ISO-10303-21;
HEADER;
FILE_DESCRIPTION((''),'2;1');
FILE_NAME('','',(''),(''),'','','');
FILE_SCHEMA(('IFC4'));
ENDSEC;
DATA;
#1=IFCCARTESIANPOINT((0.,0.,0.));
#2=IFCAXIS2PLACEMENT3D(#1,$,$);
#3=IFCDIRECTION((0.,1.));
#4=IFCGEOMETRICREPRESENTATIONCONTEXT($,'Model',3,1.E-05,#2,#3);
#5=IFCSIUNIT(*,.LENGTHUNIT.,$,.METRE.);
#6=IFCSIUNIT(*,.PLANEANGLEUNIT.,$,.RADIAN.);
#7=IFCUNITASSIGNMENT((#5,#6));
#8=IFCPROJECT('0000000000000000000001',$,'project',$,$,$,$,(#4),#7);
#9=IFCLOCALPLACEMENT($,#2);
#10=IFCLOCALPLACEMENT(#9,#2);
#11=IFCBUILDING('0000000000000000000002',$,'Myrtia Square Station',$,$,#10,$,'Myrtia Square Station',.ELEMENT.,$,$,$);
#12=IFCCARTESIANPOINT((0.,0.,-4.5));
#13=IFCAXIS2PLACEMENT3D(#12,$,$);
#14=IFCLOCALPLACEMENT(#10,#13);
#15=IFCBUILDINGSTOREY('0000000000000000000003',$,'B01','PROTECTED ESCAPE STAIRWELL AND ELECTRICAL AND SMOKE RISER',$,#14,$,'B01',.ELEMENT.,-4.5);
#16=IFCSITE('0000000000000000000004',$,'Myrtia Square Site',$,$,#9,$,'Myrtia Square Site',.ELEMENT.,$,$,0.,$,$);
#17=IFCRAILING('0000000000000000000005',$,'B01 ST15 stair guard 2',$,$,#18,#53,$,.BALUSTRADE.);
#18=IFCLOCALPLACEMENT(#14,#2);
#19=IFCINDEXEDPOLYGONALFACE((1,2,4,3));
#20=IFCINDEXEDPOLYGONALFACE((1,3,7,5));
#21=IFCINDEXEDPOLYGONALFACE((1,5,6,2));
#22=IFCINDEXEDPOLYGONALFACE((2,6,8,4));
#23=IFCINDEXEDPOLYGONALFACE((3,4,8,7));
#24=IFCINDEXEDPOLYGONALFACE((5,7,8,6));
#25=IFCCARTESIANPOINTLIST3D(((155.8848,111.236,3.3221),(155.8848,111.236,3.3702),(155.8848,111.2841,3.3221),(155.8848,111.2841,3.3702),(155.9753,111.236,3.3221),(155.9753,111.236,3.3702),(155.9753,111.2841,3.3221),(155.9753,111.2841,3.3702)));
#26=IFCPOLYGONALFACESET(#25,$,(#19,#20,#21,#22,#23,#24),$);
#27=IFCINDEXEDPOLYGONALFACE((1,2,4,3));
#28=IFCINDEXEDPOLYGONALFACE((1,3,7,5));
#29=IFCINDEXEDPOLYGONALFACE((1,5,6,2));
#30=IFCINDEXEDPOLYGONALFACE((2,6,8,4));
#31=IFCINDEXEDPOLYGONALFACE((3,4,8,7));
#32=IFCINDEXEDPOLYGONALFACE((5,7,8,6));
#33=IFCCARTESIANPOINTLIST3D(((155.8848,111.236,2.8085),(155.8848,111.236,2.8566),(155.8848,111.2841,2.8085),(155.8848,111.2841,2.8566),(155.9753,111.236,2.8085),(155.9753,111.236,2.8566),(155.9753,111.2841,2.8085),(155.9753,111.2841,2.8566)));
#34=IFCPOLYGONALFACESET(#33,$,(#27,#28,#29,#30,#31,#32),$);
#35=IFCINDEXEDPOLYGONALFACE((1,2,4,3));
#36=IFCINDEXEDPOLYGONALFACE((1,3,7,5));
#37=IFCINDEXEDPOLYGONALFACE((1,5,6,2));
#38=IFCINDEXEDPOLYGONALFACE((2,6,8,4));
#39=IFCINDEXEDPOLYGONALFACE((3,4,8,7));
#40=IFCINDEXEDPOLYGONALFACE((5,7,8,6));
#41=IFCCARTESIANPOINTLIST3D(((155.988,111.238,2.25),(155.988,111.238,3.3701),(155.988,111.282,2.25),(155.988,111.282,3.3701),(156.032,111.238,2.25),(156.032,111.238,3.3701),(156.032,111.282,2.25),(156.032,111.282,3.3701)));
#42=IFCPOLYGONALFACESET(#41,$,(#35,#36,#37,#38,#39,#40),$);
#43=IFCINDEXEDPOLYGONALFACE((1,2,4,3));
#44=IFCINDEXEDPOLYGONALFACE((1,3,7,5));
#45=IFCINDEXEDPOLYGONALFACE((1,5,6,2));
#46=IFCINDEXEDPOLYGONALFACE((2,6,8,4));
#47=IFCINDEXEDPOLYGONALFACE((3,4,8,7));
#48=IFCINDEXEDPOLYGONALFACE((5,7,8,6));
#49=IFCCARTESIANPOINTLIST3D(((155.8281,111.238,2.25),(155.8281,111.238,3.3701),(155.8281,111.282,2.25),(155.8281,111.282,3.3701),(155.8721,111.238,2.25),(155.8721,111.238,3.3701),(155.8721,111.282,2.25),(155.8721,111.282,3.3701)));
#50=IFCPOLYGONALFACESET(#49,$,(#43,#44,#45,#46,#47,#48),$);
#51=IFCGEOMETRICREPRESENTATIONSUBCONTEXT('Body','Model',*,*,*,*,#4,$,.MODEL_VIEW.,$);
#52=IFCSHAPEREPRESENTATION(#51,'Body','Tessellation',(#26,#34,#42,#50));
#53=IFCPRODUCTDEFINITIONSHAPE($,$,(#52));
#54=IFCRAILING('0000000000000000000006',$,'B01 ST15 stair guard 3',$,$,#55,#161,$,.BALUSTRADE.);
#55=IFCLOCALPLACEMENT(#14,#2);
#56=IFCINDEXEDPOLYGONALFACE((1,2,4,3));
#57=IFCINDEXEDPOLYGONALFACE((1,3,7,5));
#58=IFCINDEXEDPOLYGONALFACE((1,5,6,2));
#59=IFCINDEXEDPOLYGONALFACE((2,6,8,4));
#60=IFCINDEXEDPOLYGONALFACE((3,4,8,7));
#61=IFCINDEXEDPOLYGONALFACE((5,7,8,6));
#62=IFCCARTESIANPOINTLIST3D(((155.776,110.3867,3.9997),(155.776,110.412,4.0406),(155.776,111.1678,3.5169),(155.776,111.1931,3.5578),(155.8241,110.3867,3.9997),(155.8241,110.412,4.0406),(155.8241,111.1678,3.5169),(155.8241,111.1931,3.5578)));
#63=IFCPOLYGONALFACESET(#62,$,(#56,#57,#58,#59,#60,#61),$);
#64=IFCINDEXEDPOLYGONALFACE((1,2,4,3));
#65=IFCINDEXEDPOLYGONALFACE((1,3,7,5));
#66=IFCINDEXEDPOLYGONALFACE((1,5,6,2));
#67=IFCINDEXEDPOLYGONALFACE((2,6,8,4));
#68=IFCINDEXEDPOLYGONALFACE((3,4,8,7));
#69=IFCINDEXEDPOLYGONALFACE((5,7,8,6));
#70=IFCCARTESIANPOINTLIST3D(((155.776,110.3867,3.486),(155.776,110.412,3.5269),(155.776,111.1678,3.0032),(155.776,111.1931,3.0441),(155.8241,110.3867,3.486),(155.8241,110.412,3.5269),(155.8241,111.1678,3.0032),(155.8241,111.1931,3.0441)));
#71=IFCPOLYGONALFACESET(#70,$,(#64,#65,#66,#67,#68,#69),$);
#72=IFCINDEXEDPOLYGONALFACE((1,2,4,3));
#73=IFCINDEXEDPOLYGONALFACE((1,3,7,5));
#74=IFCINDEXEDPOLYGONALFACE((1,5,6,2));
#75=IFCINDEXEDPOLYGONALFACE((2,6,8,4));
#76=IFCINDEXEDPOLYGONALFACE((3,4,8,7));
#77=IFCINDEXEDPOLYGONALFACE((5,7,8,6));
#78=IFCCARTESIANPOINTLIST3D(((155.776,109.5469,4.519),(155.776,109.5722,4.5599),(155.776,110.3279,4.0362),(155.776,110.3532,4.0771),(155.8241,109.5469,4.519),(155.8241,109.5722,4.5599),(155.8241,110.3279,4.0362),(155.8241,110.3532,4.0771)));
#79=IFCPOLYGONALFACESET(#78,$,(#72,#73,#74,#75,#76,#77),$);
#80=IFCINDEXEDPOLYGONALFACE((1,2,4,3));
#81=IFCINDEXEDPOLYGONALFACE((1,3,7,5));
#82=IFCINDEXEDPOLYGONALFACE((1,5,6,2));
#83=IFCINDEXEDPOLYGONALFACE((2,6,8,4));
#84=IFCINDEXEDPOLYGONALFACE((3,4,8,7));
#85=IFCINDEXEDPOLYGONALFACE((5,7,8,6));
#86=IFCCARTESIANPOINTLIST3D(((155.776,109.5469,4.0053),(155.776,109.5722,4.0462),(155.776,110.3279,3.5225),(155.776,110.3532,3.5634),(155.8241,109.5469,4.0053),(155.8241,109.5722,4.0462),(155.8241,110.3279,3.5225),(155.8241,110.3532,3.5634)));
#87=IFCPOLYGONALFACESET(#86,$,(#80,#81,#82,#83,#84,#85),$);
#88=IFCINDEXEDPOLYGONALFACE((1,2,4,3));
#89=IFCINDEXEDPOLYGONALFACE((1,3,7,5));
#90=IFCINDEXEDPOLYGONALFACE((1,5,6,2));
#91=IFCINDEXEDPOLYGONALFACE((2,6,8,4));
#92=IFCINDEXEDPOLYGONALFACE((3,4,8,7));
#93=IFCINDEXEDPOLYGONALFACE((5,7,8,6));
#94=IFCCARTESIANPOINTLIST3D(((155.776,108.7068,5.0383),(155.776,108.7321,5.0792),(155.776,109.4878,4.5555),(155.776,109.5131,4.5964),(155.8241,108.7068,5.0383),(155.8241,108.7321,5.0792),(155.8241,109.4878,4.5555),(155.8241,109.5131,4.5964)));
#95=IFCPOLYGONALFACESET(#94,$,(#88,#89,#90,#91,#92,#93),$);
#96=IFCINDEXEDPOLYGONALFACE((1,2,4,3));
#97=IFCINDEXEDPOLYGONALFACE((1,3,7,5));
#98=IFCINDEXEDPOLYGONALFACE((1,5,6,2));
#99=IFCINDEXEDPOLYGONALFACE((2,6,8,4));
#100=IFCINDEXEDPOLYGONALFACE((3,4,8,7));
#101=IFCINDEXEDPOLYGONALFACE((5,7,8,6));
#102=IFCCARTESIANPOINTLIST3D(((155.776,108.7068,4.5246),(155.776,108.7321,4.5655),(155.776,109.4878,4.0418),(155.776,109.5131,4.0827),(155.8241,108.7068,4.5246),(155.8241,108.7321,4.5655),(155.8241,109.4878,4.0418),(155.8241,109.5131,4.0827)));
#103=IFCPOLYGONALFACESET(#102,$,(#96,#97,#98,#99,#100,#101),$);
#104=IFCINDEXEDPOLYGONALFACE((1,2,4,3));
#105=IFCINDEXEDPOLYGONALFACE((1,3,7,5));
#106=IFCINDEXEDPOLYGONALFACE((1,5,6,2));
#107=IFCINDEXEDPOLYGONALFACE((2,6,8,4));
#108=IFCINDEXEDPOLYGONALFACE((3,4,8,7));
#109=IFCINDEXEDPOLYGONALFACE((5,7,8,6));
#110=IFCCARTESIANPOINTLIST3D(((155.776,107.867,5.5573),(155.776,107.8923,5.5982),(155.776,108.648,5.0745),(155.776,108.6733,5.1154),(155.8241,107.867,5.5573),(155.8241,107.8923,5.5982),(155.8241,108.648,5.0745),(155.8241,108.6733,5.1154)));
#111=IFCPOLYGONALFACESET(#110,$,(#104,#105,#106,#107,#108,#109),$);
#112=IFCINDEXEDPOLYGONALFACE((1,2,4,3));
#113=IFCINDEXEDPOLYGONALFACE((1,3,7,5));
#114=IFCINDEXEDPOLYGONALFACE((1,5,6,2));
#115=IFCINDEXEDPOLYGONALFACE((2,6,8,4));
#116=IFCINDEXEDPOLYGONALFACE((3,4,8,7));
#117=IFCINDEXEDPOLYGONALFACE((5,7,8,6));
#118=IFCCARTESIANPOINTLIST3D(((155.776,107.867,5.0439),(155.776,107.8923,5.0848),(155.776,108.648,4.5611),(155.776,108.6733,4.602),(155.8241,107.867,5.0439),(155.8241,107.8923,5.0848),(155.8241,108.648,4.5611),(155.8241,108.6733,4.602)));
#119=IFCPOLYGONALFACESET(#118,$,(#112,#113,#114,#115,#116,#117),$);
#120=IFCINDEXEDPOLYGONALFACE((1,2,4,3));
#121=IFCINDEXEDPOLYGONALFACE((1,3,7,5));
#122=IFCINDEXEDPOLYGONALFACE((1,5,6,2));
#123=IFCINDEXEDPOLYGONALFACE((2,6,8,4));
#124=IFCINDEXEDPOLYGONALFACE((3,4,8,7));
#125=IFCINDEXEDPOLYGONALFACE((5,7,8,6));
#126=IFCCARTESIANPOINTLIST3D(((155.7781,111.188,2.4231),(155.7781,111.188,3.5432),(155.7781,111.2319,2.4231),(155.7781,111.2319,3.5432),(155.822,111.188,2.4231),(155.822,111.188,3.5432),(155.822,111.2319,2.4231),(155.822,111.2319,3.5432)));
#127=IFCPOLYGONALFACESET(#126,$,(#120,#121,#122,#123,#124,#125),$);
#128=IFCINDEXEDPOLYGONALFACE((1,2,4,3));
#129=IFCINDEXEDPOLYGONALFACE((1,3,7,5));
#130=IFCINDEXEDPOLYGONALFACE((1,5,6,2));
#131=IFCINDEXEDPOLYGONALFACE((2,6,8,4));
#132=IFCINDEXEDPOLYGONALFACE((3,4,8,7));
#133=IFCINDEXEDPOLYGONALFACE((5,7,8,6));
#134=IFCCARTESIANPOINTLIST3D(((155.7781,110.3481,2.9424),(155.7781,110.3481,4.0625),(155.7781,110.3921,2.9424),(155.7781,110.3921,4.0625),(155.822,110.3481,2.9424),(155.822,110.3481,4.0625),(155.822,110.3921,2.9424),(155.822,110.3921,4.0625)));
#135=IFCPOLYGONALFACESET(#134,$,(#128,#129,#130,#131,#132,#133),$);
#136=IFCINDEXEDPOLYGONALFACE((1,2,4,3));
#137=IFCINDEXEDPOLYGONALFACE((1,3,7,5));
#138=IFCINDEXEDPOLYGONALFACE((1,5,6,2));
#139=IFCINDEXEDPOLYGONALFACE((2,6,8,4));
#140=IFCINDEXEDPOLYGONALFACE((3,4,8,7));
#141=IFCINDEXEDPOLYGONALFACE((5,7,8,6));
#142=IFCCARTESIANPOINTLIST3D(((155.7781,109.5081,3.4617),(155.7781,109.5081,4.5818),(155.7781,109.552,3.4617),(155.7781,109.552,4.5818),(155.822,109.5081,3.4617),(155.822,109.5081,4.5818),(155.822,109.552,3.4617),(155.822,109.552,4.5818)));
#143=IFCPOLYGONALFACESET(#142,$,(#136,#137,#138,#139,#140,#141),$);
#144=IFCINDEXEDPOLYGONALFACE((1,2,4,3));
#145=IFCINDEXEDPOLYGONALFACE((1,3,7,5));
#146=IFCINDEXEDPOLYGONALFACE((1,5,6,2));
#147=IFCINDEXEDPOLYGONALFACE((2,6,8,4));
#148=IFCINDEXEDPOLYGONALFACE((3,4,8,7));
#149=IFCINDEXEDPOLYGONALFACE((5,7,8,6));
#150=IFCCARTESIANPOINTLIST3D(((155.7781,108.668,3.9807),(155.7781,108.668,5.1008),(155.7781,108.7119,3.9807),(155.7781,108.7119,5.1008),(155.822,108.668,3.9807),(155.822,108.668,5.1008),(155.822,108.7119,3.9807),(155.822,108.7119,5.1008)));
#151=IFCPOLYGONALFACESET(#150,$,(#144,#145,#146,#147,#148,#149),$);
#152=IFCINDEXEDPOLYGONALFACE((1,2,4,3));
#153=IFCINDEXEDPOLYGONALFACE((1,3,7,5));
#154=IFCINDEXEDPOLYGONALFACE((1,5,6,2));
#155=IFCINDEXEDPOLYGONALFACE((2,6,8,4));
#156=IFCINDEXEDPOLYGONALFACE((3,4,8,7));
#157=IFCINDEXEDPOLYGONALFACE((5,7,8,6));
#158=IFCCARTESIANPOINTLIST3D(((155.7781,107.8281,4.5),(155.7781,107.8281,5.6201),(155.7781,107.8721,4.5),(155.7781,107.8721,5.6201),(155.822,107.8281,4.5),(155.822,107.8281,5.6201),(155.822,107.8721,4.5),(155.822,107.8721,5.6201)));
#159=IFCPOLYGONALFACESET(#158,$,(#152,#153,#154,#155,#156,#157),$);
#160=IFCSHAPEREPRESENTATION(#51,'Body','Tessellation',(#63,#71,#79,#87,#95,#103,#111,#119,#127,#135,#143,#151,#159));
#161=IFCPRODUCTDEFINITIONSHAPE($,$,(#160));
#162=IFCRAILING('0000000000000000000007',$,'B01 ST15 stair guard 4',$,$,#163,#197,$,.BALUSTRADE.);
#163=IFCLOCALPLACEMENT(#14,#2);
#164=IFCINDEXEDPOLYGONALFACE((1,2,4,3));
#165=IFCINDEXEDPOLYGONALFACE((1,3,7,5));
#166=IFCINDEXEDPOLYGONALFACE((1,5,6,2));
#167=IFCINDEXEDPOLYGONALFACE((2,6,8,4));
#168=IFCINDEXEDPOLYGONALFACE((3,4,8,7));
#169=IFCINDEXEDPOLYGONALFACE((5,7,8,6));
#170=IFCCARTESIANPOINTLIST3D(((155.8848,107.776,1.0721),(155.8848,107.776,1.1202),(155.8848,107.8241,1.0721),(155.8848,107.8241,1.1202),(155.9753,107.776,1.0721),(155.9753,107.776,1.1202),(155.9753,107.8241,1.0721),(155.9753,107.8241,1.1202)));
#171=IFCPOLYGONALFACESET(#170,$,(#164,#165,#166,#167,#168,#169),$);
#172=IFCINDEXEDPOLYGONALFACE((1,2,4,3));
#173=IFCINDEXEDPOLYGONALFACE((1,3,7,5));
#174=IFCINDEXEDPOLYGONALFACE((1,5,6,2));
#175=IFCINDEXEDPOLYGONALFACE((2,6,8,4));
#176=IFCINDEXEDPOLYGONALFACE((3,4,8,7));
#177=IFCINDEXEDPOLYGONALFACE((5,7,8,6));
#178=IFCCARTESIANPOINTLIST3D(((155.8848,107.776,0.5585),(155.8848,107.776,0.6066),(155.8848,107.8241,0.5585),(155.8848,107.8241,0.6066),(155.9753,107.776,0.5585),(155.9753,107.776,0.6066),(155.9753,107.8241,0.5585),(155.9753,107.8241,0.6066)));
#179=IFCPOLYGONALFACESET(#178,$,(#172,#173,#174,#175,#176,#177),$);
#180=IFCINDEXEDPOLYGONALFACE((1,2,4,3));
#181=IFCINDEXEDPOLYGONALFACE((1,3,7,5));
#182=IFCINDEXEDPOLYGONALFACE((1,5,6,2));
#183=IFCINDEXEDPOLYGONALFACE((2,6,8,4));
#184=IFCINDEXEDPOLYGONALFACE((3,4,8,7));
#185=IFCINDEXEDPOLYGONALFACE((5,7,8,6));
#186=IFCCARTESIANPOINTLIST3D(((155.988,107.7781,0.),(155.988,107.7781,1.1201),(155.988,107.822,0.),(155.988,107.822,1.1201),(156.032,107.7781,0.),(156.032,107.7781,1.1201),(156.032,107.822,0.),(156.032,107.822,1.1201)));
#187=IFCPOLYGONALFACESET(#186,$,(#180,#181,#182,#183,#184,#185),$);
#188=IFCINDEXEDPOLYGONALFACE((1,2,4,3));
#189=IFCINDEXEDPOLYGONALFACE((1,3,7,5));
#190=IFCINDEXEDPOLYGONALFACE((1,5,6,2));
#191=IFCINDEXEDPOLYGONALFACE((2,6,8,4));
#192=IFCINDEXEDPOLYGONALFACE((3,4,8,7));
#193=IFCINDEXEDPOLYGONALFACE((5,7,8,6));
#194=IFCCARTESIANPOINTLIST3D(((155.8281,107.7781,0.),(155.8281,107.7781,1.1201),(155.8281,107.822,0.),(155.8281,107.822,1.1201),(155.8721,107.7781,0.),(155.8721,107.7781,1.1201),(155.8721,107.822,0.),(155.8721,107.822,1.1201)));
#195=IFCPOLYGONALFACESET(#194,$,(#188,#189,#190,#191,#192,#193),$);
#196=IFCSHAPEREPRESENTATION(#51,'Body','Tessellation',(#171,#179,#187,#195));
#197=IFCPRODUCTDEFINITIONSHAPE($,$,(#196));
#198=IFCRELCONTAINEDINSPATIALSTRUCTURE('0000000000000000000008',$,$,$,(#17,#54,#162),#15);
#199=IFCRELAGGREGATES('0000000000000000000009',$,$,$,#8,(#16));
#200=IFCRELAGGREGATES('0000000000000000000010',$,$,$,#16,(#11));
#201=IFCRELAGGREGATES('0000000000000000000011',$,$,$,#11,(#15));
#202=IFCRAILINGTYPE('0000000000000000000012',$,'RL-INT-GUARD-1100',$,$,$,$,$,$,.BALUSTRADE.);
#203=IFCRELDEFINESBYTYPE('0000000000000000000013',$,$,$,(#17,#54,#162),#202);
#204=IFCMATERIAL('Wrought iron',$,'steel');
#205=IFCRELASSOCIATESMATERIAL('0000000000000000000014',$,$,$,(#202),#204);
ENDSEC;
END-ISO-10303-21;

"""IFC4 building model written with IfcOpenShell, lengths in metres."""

from ifc_helpers import new_model, si_unit, direction, frame, origin, origin_2d, place, context, subcontext, project, spatial, rectangle, extrude, material, type_object, element, save


model = new_model("IFC4")

# Units and contexts
model_context = context("Model", 3, precision=1e-05, world=origin(), true_north=direction((0.0, 1.0)))
body_context = subcontext(model_context, "Body", "Model", "MODEL_VIEW")
ifc_project = project(units=[si_unit("LENGTHUNIT", "METRE"), si_unit("PLANEANGLEUNIT", "RADIAN")], contexts=[model_context])

# Site, building, storey
site_placement = place(None, origin())
site = spatial("IfcSite", under=ifc_project, at=site_placement, Name="Myrtia Square Site", LongName="Myrtia Square Site", CompositionType="ELEMENT", RefElevation=0.0)
building_placement = place(site_placement, origin())
building = spatial("IfcBuilding", under=site, at=building_placement, Name="Myrtia Square Station", LongName="Myrtia Square Station", CompositionType="ELEMENT")
storey_placement = place(building_placement, frame((0.0, 0.0, -4.5)))
storey = spatial("IfcBuildingStorey", under=building, at=storey_placement, Name="B01", Description="PROTECTED ESCAPE STAIRWELL AND ELECTRICAL AND SMOKE RISER", LongName="B01", CompositionType="ELEMENT", Elevation=-4.5)

# Railings
ifc_material_1 = material(Name="Wrought iron", Category="steel")
railing_type_1 = type_object("IfcRailingType", Name="RL-INT-GUARD-1100", PredefinedType="BALUSTRADE", material=ifc_material_1)
railing_1_placement = place(storey_placement, frame((156.01, 111.26, 2.25)))
element("IfcRailing", 1, at=railing_1_placement, inside=storey, type_object=railing_type_1, Name="B01 ST15 stair guard 2", PredefinedType="BALUSTRADE", context=body_context, shape_type="SweptSolid", body=[
    extrude(rectangle(XDim=0.0481, YDim=0.0481, at=origin_2d()), frame((-0.0347, 0.0, 1.0962), z_axis=(-1.0, 0.0, 0.0), x_axis=(0.0, -1.0, 0.0)), (0.0, 0.0, 1.0), 0.0906),
    extrude(rectangle(XDim=0.0481, YDim=0.0481, at=origin_2d()), frame((-0.0347, 0.0, 0.5825), z_axis=(-1.0, 0.0, 0.0), x_axis=(0.0, -1.0, 0.0)), (0.0, 0.0, 1.0), 0.0906),
    extrude(rectangle(XDim=0.0439, YDim=0.0439, at=origin_2d()), origin(), (0.0, 0.0, 1.0), 1.1201),
    extrude(rectangle(XDim=0.0439, YDim=0.0439, at=origin_2d()), frame((-0.1599, 0.0, 0.0)), (0.0, 0.0, 1.0), 1.1201),
])
railing_2_placement = place(storey_placement, frame((155.8, 111.21, 2.4231)))
element("IfcRailing", 2, at=railing_2_placement, inside=storey, type_object=railing_type_1, Name="B01 ST15 stair guard 3", PredefinedType="BALUSTRADE", context=body_context, shape_type="SweptSolid", body=[
    extrude(rectangle(XDim=0.0481, YDim=0.0481, at=origin_2d()), frame((0.0, -0.0295, 1.1143), z_axis=(0.0, -0.850606, 0.525803), x_axis=(1.0, 0.0, 0.0)), (0.0, 0.0, 1.0), 0.9182),
    extrude(rectangle(XDim=0.0481, YDim=0.0481, at=origin_2d()), frame((0.0, -0.0295, 0.6006), z_axis=(0.0, -0.850606, 0.525803), x_axis=(1.0, 0.0, 0.0)), (0.0, 0.0, 1.0), 0.9182),
    extrude(rectangle(XDim=0.0481, YDim=0.0481, at=origin_2d()), frame((0.0, -0.8694, 1.6335), z_axis=(0.0, -0.850606, 0.525803), x_axis=(1.0, 0.0, 0.0)), (0.0, 0.0, 1.0), 0.9182),
    extrude(rectangle(XDim=0.0481, YDim=0.0481, at=origin_2d()), frame((0.0, -0.8694, 1.1199), z_axis=(0.0, -0.850606, 0.525803), x_axis=(1.0, 0.0, 0.0)), (0.0, 0.0, 1.0), 0.9182),
    extrude(rectangle(XDim=0.0481, YDim=0.0481, at=origin_2d()), frame((0.0, -1.7095, 2.1528), z_axis=(0.0, -0.850606, 0.525803), x_axis=(1.0, 0.0, 0.0)), (0.0, 0.0, 1.0), 0.9182),
    extrude(rectangle(XDim=0.0481, YDim=0.0481, at=origin_2d()), frame((0.0, -1.7095, 1.6392), z_axis=(0.0, -0.850606, 0.525803), x_axis=(1.0, 0.0, 0.0)), (0.0, 0.0, 1.0), 0.9182),
    extrude(rectangle(XDim=0.0481, YDim=0.0481, at=origin_2d()), frame((0.0, -2.5493, 2.6719), z_axis=(0.0, -0.850606, 0.525803), x_axis=(1.0, 0.0, 0.0)), (0.0, 0.0, 1.0), 0.9182),
    extrude(rectangle(XDim=0.0481, YDim=0.0481, at=origin_2d()), frame((0.0, -2.5493, 2.1584), z_axis=(0.0, -0.850606, 0.525803), x_axis=(1.0, 0.0, 0.0)), (0.0, 0.0, 1.0), 0.9182),
    extrude(rectangle(XDim=0.0439, YDim=0.0439, at=origin_2d()), origin(), (0.0, 0.0, 1.0), 1.1201),
    extrude(rectangle(XDim=0.0439, YDim=0.0439, at=origin_2d()), frame((0.0, -0.8398, 0.5193)), (0.0, 0.0, 1.0), 1.1201),
    extrude(rectangle(XDim=0.0439, YDim=0.0439, at=origin_2d()), frame((0.0, -1.6799, 1.0386)), (0.0, 0.0, 1.0), 1.1201),
    extrude(rectangle(XDim=0.0439, YDim=0.0439, at=origin_2d()), frame((0.0, -2.52, 1.5576)), (0.0, 0.0, 1.0), 1.1201),
    extrude(rectangle(XDim=0.0439, YDim=0.0439, at=origin_2d()), frame((0.0, -3.3599, 2.0769)), (0.0, 0.0, 1.0), 1.1201),
])
railing_3_placement = place(storey_placement, frame((156.01, 107.8, 0.0)))
element("IfcRailing", 3, at=railing_3_placement, inside=storey, type_object=railing_type_1, Name="B01 ST15 stair guard 4", PredefinedType="BALUSTRADE", context=body_context, shape_type="SweptSolid", body=[
    extrude(rectangle(XDim=0.0481, YDim=0.0481, at=origin_2d()), frame((-0.0347, 0.0, 1.0962), z_axis=(-1.0, 0.0, 0.0), x_axis=(0.0, -1.0, 0.0)), (0.0, 0.0, 1.0), 0.0906),
    extrude(rectangle(XDim=0.0481, YDim=0.0481, at=origin_2d()), frame((-0.0347, 0.0, 0.5825), z_axis=(-1.0, 0.0, 0.0), x_axis=(0.0, -1.0, 0.0)), (0.0, 0.0, 1.0), 0.0906),
    extrude(rectangle(XDim=0.0439, YDim=0.0439, at=origin_2d()), origin(), (0.0, 0.0, 1.0), 1.1201),
    extrude(rectangle(XDim=0.0439, YDim=0.0439, at=origin_2d()), frame((-0.1599, 0.0, 0.0)), (0.0, 0.0, 1.0), 1.1201),
])

save(model, "model.ifc")
